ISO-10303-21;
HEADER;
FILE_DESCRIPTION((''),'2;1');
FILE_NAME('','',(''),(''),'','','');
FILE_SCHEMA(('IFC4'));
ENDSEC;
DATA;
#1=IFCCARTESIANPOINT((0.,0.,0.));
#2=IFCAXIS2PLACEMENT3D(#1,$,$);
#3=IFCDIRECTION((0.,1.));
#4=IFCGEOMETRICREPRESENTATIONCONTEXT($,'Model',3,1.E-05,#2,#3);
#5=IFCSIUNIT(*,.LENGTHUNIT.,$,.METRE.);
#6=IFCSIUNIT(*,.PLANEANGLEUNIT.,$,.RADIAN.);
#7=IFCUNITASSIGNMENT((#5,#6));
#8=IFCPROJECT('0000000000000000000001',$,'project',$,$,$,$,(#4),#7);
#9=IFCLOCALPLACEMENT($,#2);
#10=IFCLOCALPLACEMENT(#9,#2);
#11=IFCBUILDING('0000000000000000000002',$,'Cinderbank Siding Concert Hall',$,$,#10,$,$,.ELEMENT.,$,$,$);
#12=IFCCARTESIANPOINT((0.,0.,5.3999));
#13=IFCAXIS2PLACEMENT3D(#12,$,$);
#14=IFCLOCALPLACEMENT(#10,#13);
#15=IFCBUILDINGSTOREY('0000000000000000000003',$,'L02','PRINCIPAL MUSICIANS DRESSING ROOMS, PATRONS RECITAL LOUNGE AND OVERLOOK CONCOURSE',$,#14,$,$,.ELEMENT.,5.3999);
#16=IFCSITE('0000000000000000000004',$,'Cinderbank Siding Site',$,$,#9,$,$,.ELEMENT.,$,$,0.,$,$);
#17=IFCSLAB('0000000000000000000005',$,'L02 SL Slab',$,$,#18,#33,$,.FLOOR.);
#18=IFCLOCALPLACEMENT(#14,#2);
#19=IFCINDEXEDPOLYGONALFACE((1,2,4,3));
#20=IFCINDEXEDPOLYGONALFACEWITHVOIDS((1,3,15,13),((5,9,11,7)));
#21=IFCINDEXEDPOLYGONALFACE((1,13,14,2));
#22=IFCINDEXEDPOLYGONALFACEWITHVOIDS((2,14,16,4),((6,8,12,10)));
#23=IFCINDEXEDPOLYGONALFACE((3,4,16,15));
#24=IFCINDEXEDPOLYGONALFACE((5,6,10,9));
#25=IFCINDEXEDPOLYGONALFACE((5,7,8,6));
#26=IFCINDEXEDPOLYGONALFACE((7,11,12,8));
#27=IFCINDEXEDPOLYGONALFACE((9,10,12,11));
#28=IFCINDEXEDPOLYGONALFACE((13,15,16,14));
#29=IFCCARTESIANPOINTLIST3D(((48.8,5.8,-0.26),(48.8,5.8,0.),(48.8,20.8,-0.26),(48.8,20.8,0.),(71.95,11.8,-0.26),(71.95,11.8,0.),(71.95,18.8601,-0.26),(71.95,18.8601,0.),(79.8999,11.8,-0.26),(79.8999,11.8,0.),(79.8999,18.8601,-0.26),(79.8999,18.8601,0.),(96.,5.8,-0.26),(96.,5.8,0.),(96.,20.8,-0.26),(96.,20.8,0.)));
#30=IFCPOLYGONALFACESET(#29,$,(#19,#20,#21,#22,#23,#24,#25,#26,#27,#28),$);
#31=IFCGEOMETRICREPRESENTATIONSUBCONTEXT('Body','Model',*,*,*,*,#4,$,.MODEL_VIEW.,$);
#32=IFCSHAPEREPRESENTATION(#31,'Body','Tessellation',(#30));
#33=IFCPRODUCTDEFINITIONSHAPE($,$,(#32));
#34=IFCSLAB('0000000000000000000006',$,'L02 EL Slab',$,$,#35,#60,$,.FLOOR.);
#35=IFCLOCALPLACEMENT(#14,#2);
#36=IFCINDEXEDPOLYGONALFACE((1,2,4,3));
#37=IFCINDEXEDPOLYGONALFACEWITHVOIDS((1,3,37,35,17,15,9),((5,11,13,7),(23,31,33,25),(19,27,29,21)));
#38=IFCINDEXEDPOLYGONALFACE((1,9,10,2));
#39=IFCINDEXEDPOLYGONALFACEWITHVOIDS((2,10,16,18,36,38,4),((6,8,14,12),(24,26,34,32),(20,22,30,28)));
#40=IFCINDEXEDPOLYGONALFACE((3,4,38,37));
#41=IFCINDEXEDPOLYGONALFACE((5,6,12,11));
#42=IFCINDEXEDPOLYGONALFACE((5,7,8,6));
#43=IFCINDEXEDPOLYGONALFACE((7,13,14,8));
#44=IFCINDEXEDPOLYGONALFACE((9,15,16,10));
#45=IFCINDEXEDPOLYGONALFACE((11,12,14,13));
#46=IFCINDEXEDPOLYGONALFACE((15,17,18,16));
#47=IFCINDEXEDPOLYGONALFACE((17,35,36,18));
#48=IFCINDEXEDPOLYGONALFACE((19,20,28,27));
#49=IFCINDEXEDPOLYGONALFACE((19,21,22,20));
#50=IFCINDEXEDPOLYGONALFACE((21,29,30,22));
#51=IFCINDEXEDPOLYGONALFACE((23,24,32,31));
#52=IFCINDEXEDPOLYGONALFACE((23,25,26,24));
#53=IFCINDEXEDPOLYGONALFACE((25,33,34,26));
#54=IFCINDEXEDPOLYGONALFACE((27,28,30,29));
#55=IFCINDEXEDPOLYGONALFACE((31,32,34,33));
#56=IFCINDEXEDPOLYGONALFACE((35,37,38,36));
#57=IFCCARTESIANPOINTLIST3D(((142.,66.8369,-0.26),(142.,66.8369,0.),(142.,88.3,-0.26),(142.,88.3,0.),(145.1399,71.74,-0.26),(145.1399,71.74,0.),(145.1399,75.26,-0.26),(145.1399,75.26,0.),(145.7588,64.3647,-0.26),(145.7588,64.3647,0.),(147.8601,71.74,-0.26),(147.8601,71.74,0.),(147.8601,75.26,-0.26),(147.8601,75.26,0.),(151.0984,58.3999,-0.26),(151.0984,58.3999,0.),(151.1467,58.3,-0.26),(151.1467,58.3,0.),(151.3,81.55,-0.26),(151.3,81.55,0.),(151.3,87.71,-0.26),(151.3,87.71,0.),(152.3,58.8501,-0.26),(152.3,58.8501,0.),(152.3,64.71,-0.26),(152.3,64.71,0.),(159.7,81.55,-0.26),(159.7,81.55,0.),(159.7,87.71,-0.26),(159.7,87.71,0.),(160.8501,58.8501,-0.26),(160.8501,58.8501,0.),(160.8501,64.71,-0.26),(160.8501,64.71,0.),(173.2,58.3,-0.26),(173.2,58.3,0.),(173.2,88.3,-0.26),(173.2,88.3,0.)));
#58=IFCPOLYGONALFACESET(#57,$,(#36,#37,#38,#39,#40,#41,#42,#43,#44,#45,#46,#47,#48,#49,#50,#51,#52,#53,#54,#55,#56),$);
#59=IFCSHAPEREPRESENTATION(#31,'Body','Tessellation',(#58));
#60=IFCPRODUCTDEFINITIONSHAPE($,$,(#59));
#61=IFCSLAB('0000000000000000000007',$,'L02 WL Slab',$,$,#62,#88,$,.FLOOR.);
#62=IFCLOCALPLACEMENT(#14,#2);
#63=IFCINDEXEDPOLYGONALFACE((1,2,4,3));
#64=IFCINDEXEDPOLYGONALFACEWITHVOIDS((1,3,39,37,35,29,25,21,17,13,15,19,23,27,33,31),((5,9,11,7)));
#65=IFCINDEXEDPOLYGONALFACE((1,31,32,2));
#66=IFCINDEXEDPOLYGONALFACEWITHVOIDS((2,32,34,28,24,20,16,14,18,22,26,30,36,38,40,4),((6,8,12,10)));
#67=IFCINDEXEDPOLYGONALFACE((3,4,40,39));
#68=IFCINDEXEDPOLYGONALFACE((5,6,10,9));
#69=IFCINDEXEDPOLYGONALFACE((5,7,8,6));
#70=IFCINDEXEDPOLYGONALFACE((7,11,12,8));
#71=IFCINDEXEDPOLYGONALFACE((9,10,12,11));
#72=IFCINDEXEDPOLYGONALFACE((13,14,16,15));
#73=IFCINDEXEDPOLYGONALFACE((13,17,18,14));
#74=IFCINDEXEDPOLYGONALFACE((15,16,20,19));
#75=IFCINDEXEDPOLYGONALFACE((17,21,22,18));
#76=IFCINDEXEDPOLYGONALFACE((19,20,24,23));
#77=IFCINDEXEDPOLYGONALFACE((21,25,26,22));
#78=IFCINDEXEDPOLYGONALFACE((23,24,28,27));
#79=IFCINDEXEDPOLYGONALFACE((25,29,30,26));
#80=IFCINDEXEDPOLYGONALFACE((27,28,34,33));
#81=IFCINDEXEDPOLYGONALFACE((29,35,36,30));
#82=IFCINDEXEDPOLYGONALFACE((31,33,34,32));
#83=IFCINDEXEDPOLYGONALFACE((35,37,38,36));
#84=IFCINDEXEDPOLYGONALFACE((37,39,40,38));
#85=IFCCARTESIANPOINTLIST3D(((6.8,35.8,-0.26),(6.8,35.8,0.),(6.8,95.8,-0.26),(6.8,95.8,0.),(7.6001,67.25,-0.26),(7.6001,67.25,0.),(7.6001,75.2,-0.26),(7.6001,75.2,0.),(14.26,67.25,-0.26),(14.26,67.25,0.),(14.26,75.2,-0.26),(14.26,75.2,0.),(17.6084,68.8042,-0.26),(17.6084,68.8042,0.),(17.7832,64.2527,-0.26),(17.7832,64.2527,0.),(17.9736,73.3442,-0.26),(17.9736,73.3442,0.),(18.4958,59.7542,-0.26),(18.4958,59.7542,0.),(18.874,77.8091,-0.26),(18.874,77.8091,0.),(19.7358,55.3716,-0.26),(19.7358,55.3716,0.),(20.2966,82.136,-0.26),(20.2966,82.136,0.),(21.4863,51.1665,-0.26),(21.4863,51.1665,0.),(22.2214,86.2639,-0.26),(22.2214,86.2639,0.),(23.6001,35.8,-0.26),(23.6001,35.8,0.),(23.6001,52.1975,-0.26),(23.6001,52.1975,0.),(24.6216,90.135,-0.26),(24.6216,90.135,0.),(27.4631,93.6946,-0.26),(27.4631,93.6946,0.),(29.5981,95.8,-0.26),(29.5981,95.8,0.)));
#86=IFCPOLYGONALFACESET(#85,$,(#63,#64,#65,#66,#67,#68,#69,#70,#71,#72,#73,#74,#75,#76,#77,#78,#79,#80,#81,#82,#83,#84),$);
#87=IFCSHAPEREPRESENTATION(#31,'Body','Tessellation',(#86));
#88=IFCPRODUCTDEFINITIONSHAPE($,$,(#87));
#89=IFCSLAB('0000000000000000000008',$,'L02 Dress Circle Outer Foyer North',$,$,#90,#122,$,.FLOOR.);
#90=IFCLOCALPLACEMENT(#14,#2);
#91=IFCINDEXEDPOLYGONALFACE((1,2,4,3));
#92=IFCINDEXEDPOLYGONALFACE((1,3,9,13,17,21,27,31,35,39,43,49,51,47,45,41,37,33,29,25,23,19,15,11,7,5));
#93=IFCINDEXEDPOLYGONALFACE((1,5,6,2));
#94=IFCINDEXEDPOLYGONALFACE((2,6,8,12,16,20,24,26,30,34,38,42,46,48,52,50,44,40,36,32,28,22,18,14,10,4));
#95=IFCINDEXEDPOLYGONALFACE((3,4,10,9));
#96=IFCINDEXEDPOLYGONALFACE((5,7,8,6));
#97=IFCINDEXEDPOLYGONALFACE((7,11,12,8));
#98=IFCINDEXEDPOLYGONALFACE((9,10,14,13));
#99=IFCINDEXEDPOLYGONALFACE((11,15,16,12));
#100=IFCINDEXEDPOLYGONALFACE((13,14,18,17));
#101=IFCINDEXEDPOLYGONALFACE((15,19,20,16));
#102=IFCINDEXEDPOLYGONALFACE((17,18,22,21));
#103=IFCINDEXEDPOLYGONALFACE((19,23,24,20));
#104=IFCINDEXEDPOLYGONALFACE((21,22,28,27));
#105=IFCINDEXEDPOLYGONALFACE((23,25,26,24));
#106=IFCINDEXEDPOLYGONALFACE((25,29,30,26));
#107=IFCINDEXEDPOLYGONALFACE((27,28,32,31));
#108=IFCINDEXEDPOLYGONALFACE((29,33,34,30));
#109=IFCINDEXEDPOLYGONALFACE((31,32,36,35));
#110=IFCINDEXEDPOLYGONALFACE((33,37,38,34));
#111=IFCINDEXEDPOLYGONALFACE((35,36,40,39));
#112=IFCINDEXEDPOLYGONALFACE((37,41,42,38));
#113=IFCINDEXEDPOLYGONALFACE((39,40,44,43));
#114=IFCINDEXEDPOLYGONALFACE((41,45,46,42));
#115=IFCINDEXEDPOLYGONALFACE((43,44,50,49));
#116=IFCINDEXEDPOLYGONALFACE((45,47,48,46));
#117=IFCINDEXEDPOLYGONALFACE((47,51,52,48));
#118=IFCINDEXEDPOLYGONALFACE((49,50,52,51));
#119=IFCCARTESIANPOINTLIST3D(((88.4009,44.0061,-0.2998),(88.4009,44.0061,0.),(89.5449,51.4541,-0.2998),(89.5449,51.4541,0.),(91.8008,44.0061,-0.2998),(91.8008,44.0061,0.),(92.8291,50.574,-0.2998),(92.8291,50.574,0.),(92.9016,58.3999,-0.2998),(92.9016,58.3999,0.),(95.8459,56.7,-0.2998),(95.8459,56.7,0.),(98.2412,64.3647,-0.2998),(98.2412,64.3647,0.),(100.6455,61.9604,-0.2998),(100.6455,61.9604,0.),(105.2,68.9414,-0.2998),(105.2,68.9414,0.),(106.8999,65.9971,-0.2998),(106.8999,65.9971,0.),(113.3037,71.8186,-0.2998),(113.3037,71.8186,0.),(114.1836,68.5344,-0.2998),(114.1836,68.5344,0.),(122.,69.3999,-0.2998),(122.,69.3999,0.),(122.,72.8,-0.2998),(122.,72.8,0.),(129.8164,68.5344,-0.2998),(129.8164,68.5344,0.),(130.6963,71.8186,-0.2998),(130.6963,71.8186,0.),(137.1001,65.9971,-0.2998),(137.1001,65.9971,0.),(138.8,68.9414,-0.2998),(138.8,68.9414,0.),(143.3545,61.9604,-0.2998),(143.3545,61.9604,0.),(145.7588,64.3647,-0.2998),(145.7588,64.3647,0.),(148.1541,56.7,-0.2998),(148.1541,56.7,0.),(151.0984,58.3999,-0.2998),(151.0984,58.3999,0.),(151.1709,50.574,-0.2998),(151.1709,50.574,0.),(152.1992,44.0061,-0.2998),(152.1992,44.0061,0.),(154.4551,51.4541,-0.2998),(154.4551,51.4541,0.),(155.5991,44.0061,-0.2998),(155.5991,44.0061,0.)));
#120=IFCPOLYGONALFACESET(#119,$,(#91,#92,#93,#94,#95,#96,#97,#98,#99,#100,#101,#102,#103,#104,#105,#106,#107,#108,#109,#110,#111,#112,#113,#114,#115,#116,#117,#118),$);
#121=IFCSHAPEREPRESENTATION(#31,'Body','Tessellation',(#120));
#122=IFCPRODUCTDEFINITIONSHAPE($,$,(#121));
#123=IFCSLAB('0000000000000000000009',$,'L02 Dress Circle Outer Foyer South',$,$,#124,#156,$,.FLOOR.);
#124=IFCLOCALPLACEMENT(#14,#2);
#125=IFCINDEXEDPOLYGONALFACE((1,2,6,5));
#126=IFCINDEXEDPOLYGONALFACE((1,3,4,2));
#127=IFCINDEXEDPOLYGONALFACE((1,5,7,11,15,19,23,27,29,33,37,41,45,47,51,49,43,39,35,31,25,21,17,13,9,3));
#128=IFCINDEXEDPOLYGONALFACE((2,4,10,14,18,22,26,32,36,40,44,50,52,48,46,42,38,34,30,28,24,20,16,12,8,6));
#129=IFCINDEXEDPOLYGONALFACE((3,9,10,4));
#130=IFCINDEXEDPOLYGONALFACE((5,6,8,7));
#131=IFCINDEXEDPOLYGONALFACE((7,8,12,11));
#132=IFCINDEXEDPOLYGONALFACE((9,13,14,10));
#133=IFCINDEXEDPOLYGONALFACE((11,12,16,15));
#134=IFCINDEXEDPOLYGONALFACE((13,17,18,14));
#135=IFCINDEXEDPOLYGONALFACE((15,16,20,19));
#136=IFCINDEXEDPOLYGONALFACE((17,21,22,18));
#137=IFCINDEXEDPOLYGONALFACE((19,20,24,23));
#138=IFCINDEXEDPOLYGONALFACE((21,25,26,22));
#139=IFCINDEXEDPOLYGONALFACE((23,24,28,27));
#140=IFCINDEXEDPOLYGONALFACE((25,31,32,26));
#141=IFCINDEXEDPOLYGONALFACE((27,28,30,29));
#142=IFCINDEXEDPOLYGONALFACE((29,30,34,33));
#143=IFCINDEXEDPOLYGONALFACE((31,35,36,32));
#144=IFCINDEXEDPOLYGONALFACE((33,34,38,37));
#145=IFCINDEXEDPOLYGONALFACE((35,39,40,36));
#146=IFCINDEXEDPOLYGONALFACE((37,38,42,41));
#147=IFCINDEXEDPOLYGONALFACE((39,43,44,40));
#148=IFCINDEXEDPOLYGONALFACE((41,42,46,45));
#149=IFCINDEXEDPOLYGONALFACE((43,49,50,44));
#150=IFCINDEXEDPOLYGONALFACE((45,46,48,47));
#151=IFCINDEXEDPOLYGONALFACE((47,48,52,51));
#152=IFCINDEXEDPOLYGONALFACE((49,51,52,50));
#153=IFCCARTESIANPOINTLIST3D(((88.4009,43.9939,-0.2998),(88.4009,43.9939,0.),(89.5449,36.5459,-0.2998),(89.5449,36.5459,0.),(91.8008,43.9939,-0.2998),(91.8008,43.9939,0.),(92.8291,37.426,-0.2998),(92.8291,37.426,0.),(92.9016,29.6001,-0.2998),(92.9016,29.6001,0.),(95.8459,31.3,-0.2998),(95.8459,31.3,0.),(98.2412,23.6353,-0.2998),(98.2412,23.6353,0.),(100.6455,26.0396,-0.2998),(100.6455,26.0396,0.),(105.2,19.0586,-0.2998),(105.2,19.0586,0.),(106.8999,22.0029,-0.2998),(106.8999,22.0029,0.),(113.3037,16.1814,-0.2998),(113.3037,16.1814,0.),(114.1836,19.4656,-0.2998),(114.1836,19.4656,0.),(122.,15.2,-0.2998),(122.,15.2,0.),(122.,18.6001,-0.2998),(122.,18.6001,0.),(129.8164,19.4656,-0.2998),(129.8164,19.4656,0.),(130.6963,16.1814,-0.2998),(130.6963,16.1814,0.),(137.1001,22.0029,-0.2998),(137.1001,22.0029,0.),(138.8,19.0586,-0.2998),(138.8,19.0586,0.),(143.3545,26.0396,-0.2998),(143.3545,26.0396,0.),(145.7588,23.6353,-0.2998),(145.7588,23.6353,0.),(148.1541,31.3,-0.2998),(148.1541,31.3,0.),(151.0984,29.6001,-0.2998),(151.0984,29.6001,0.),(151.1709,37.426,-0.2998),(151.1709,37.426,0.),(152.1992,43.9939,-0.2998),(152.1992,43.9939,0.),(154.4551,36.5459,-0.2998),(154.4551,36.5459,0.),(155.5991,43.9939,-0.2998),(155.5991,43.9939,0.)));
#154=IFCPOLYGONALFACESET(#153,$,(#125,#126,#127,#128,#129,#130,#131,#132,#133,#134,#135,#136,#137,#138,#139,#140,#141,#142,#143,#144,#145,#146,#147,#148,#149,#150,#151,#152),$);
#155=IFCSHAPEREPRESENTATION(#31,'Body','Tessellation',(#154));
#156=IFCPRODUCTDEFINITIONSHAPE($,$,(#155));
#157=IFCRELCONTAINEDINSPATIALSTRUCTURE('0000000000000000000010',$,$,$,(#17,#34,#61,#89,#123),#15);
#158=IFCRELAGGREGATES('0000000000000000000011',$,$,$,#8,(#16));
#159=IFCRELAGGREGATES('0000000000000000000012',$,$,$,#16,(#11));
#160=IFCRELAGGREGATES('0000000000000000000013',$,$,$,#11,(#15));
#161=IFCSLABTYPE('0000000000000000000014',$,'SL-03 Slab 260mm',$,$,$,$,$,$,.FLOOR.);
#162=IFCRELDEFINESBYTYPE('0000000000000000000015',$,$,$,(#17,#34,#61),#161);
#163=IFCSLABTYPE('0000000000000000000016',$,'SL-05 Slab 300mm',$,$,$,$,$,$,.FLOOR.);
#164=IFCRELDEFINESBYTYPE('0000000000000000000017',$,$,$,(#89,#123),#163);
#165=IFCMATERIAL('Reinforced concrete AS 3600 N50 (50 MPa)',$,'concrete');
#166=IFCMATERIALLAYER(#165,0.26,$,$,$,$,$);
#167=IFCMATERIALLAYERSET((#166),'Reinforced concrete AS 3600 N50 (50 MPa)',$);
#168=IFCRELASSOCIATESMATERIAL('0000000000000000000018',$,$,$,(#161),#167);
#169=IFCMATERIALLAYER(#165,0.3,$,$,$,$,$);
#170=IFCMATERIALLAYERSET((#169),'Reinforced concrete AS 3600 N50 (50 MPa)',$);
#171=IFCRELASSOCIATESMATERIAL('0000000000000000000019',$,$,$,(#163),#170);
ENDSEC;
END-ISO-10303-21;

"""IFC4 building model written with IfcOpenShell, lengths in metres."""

from ifc_helpers import new_model, si_unit, direction, frame, origin, place, context, subcontext, project, spatial, polyline, outline, extrude, material, layer, layer_set, type_object, element, save


model = new_model("IFC4")

# Units and contexts
model_context = context("Model", 3, precision=1e-05, world=origin(), true_north=direction((0.0, 1.0)))
body_context = subcontext(model_context, "Body", "Model", "MODEL_VIEW")
ifc_project = project(units=[si_unit("LENGTHUNIT", "METRE"), si_unit("PLANEANGLEUNIT", "RADIAN")], contexts=[model_context])

# Site, building, storey
site_placement = place(None, origin())
site = spatial("IfcSite", under=ifc_project, at=site_placement, Name="Cinderbank Siding Site", CompositionType="ELEMENT", RefElevation=0.0)
building_placement = place(site_placement, origin())
building = spatial("IfcBuilding", under=site, at=building_placement, Name="Cinderbank Siding Concert Hall", CompositionType="ELEMENT")
storey_placement = place(building_placement, frame((0.0, 0.0, 5.3999)))
storey = spatial("IfcBuildingStorey", under=building, at=storey_placement, Name="L02", Description="PRINCIPAL MUSICIANS DRESSING ROOMS, PATRONS RECITAL LOUNGE AND OVERLOOK CONCOURSE", CompositionType="ELEMENT", Elevation=5.3999)

# Shared definitions
ifc_material = material(Name="Reinforced concrete AS 3600 N50 (50 MPa)", Category="concrete")

# Slabs
ifc_layer_1 = layer(ifc_material, 0.26)
ifc_layer_set_1 = layer_set([ifc_layer_1], Name="Reinforced concrete AS 3600 N50 (50 MPa)")
slab_type_1 = type_object("IfcSlabType", Name="SL-03 Slab 260mm", PredefinedType="FLOOR", material=ifc_layer_set_1)
slab_1_placement = place(storey_placement, frame((0.0, 0.0, -0.26)))
element("IfcSlab", 1, at=slab_1_placement, inside=storey, type_object=slab_type_1, Name="L02 SL Slab", PredefinedType="FLOOR", context=body_context, shape_type="SweptSolid", body=[
    extrude(outline(polyline([(96.0, 20.8), (96.0, 5.8), (48.8, 5.8), (48.8, 20.8), (96.0, 20.8)]), holes=[polyline([(71.95, 11.8), (79.8999, 11.8), (79.8999, 18.8601), (71.95, 18.8601), (71.95, 11.8)])]), origin(), (0.0, 0.0, 1.0), 0.26),
])
slab_2_placement = place(storey_placement, frame((0.0, 0.0, -0.26)))
element("IfcSlab", 2, at=slab_2_placement, inside=storey, type_object=slab_type_1, Name="L02 EL Slab", PredefinedType="FLOOR", context=body_context, shape_type="SweptSolid", body=[
    extrude(outline(polyline([(173.2, 88.3), (173.2, 58.3), (151.1467, 58.3), (151.0984, 58.3999), (145.7588, 64.3647), (142.0, 66.8369), (142.0, 88.3), (173.2, 88.3)]), holes=[polyline([(159.7, 87.71), (151.3, 87.71), (151.3, 81.55), (159.7, 81.55), (159.7, 87.71)]), polyline([(160.8501, 64.71), (152.3, 64.71), (152.3, 58.8501), (160.8501, 58.8501), (160.8501, 64.71)]), polyline([(145.1399, 71.74), (147.8601, 71.74), (147.8601, 75.26), (145.1399, 75.26), (145.1399, 71.74)])]), origin(), (0.0, 0.0, 1.0), 0.26),
])
slab_3_placement = place(storey_placement, frame((0.0, 0.0, -0.26)))
element("IfcSlab", 3, at=slab_3_placement, inside=storey, type_object=slab_type_1, Name="L02 WL Slab", PredefinedType="FLOOR", context=body_context, shape_type="SweptSolid", body=[
    extrude(outline(polyline([(6.8, 95.8), (29.5981, 95.8), (27.4631, 93.6946), (24.6216, 90.135), (22.2214, 86.2639), (20.2966, 82.136), (18.874, 77.8091), (17.9736, 73.3442), (17.6084, 68.8042), (17.7832, 64.2527), (18.4958, 59.7542), (19.7358, 55.3716), (21.4863, 51.1665), (23.6001, 52.1975), (23.6001, 35.8), (6.8, 35.8), (6.8, 95.8)]), holes=[polyline([(14.26, 67.25), (14.26, 75.2), (7.6001, 75.2), (7.6001, 67.25), (14.26, 67.25)])]), origin(), (0.0, 0.0, 1.0), 0.26),
])
ifc_layer_2 = layer(ifc_material, 0.3)
ifc_layer_set_2 = layer_set([ifc_layer_2], Name="Reinforced concrete AS 3600 N50 (50 MPa)")
slab_type_2 = type_object("IfcSlabType", Name="SL-05 Slab 300mm", PredefinedType="FLOOR", material=ifc_layer_set_2)
slab_4_placement = place(storey_placement, frame((0.0, 0.0, -0.2998)))
element("IfcSlab", 4, at=slab_4_placement, inside=storey, type_object=slab_type_2, Name="L02 Dress Circle Outer Foyer North", PredefinedType="FLOOR", context=body_context, shape_type="SweptSolid", body=[
    extrude(outline(polyline([(89.5449, 51.4541), (92.9016, 58.3999), (98.2412, 64.3647), (105.2, 68.9414), (113.3037, 71.8186), (122.0, 72.8), (130.6963, 71.8186), (138.8, 68.9414), (145.7588, 64.3647), (151.0984, 58.3999), (154.4551, 51.4541), (155.5991, 44.0061), (152.1992, 44.0061), (151.1709, 50.574), (148.1541, 56.7), (143.3545, 61.9604), (137.1001, 65.9971), (129.8164, 68.5344), (122.0, 69.3999), (114.1836, 68.5344), (106.8999, 65.9971), (100.6455, 61.9604), (95.8459, 56.7), (92.8291, 50.574), (91.8008, 44.0061), (88.4009, 44.0061), (89.5449, 51.4541)])), origin(), (0.0, 0.0, 1.0), 0.2998),
])
slab_5_placement = place(storey_placement, frame((0.0, 0.0, -0.2998)))
element("IfcSlab", 5, at=slab_5_placement, inside=storey, type_object=slab_type_2, Name="L02 Dress Circle Outer Foyer South", PredefinedType="FLOOR", context=body_context, shape_type="SweptSolid", body=[
    extrude(outline(polyline([(151.0984, 29.6001), (145.7588, 23.6353), (138.8, 19.0586), (130.6963, 16.1814), (122.0, 15.2), (113.3037, 16.1814), (105.2, 19.0586), (98.2412, 23.6353), (92.9016, 29.6001), (89.5449, 36.5459), (88.4009, 43.9939), (91.8008, 43.9939), (92.8291, 37.426), (95.8459, 31.3), (100.6455, 26.0396), (106.8999, 22.0029), (114.1836, 19.4656), (122.0, 18.6001), (129.8164, 19.4656), (137.1001, 22.0029), (143.3545, 26.0396), (148.1541, 31.3), (151.1709, 37.426), (152.1992, 43.9939), (155.5991, 43.9939), (154.4551, 36.5459), (151.0984, 29.6001)])), origin(), (0.0, 0.0, 1.0), 0.2998),
])

save(model, "model.ifc")
